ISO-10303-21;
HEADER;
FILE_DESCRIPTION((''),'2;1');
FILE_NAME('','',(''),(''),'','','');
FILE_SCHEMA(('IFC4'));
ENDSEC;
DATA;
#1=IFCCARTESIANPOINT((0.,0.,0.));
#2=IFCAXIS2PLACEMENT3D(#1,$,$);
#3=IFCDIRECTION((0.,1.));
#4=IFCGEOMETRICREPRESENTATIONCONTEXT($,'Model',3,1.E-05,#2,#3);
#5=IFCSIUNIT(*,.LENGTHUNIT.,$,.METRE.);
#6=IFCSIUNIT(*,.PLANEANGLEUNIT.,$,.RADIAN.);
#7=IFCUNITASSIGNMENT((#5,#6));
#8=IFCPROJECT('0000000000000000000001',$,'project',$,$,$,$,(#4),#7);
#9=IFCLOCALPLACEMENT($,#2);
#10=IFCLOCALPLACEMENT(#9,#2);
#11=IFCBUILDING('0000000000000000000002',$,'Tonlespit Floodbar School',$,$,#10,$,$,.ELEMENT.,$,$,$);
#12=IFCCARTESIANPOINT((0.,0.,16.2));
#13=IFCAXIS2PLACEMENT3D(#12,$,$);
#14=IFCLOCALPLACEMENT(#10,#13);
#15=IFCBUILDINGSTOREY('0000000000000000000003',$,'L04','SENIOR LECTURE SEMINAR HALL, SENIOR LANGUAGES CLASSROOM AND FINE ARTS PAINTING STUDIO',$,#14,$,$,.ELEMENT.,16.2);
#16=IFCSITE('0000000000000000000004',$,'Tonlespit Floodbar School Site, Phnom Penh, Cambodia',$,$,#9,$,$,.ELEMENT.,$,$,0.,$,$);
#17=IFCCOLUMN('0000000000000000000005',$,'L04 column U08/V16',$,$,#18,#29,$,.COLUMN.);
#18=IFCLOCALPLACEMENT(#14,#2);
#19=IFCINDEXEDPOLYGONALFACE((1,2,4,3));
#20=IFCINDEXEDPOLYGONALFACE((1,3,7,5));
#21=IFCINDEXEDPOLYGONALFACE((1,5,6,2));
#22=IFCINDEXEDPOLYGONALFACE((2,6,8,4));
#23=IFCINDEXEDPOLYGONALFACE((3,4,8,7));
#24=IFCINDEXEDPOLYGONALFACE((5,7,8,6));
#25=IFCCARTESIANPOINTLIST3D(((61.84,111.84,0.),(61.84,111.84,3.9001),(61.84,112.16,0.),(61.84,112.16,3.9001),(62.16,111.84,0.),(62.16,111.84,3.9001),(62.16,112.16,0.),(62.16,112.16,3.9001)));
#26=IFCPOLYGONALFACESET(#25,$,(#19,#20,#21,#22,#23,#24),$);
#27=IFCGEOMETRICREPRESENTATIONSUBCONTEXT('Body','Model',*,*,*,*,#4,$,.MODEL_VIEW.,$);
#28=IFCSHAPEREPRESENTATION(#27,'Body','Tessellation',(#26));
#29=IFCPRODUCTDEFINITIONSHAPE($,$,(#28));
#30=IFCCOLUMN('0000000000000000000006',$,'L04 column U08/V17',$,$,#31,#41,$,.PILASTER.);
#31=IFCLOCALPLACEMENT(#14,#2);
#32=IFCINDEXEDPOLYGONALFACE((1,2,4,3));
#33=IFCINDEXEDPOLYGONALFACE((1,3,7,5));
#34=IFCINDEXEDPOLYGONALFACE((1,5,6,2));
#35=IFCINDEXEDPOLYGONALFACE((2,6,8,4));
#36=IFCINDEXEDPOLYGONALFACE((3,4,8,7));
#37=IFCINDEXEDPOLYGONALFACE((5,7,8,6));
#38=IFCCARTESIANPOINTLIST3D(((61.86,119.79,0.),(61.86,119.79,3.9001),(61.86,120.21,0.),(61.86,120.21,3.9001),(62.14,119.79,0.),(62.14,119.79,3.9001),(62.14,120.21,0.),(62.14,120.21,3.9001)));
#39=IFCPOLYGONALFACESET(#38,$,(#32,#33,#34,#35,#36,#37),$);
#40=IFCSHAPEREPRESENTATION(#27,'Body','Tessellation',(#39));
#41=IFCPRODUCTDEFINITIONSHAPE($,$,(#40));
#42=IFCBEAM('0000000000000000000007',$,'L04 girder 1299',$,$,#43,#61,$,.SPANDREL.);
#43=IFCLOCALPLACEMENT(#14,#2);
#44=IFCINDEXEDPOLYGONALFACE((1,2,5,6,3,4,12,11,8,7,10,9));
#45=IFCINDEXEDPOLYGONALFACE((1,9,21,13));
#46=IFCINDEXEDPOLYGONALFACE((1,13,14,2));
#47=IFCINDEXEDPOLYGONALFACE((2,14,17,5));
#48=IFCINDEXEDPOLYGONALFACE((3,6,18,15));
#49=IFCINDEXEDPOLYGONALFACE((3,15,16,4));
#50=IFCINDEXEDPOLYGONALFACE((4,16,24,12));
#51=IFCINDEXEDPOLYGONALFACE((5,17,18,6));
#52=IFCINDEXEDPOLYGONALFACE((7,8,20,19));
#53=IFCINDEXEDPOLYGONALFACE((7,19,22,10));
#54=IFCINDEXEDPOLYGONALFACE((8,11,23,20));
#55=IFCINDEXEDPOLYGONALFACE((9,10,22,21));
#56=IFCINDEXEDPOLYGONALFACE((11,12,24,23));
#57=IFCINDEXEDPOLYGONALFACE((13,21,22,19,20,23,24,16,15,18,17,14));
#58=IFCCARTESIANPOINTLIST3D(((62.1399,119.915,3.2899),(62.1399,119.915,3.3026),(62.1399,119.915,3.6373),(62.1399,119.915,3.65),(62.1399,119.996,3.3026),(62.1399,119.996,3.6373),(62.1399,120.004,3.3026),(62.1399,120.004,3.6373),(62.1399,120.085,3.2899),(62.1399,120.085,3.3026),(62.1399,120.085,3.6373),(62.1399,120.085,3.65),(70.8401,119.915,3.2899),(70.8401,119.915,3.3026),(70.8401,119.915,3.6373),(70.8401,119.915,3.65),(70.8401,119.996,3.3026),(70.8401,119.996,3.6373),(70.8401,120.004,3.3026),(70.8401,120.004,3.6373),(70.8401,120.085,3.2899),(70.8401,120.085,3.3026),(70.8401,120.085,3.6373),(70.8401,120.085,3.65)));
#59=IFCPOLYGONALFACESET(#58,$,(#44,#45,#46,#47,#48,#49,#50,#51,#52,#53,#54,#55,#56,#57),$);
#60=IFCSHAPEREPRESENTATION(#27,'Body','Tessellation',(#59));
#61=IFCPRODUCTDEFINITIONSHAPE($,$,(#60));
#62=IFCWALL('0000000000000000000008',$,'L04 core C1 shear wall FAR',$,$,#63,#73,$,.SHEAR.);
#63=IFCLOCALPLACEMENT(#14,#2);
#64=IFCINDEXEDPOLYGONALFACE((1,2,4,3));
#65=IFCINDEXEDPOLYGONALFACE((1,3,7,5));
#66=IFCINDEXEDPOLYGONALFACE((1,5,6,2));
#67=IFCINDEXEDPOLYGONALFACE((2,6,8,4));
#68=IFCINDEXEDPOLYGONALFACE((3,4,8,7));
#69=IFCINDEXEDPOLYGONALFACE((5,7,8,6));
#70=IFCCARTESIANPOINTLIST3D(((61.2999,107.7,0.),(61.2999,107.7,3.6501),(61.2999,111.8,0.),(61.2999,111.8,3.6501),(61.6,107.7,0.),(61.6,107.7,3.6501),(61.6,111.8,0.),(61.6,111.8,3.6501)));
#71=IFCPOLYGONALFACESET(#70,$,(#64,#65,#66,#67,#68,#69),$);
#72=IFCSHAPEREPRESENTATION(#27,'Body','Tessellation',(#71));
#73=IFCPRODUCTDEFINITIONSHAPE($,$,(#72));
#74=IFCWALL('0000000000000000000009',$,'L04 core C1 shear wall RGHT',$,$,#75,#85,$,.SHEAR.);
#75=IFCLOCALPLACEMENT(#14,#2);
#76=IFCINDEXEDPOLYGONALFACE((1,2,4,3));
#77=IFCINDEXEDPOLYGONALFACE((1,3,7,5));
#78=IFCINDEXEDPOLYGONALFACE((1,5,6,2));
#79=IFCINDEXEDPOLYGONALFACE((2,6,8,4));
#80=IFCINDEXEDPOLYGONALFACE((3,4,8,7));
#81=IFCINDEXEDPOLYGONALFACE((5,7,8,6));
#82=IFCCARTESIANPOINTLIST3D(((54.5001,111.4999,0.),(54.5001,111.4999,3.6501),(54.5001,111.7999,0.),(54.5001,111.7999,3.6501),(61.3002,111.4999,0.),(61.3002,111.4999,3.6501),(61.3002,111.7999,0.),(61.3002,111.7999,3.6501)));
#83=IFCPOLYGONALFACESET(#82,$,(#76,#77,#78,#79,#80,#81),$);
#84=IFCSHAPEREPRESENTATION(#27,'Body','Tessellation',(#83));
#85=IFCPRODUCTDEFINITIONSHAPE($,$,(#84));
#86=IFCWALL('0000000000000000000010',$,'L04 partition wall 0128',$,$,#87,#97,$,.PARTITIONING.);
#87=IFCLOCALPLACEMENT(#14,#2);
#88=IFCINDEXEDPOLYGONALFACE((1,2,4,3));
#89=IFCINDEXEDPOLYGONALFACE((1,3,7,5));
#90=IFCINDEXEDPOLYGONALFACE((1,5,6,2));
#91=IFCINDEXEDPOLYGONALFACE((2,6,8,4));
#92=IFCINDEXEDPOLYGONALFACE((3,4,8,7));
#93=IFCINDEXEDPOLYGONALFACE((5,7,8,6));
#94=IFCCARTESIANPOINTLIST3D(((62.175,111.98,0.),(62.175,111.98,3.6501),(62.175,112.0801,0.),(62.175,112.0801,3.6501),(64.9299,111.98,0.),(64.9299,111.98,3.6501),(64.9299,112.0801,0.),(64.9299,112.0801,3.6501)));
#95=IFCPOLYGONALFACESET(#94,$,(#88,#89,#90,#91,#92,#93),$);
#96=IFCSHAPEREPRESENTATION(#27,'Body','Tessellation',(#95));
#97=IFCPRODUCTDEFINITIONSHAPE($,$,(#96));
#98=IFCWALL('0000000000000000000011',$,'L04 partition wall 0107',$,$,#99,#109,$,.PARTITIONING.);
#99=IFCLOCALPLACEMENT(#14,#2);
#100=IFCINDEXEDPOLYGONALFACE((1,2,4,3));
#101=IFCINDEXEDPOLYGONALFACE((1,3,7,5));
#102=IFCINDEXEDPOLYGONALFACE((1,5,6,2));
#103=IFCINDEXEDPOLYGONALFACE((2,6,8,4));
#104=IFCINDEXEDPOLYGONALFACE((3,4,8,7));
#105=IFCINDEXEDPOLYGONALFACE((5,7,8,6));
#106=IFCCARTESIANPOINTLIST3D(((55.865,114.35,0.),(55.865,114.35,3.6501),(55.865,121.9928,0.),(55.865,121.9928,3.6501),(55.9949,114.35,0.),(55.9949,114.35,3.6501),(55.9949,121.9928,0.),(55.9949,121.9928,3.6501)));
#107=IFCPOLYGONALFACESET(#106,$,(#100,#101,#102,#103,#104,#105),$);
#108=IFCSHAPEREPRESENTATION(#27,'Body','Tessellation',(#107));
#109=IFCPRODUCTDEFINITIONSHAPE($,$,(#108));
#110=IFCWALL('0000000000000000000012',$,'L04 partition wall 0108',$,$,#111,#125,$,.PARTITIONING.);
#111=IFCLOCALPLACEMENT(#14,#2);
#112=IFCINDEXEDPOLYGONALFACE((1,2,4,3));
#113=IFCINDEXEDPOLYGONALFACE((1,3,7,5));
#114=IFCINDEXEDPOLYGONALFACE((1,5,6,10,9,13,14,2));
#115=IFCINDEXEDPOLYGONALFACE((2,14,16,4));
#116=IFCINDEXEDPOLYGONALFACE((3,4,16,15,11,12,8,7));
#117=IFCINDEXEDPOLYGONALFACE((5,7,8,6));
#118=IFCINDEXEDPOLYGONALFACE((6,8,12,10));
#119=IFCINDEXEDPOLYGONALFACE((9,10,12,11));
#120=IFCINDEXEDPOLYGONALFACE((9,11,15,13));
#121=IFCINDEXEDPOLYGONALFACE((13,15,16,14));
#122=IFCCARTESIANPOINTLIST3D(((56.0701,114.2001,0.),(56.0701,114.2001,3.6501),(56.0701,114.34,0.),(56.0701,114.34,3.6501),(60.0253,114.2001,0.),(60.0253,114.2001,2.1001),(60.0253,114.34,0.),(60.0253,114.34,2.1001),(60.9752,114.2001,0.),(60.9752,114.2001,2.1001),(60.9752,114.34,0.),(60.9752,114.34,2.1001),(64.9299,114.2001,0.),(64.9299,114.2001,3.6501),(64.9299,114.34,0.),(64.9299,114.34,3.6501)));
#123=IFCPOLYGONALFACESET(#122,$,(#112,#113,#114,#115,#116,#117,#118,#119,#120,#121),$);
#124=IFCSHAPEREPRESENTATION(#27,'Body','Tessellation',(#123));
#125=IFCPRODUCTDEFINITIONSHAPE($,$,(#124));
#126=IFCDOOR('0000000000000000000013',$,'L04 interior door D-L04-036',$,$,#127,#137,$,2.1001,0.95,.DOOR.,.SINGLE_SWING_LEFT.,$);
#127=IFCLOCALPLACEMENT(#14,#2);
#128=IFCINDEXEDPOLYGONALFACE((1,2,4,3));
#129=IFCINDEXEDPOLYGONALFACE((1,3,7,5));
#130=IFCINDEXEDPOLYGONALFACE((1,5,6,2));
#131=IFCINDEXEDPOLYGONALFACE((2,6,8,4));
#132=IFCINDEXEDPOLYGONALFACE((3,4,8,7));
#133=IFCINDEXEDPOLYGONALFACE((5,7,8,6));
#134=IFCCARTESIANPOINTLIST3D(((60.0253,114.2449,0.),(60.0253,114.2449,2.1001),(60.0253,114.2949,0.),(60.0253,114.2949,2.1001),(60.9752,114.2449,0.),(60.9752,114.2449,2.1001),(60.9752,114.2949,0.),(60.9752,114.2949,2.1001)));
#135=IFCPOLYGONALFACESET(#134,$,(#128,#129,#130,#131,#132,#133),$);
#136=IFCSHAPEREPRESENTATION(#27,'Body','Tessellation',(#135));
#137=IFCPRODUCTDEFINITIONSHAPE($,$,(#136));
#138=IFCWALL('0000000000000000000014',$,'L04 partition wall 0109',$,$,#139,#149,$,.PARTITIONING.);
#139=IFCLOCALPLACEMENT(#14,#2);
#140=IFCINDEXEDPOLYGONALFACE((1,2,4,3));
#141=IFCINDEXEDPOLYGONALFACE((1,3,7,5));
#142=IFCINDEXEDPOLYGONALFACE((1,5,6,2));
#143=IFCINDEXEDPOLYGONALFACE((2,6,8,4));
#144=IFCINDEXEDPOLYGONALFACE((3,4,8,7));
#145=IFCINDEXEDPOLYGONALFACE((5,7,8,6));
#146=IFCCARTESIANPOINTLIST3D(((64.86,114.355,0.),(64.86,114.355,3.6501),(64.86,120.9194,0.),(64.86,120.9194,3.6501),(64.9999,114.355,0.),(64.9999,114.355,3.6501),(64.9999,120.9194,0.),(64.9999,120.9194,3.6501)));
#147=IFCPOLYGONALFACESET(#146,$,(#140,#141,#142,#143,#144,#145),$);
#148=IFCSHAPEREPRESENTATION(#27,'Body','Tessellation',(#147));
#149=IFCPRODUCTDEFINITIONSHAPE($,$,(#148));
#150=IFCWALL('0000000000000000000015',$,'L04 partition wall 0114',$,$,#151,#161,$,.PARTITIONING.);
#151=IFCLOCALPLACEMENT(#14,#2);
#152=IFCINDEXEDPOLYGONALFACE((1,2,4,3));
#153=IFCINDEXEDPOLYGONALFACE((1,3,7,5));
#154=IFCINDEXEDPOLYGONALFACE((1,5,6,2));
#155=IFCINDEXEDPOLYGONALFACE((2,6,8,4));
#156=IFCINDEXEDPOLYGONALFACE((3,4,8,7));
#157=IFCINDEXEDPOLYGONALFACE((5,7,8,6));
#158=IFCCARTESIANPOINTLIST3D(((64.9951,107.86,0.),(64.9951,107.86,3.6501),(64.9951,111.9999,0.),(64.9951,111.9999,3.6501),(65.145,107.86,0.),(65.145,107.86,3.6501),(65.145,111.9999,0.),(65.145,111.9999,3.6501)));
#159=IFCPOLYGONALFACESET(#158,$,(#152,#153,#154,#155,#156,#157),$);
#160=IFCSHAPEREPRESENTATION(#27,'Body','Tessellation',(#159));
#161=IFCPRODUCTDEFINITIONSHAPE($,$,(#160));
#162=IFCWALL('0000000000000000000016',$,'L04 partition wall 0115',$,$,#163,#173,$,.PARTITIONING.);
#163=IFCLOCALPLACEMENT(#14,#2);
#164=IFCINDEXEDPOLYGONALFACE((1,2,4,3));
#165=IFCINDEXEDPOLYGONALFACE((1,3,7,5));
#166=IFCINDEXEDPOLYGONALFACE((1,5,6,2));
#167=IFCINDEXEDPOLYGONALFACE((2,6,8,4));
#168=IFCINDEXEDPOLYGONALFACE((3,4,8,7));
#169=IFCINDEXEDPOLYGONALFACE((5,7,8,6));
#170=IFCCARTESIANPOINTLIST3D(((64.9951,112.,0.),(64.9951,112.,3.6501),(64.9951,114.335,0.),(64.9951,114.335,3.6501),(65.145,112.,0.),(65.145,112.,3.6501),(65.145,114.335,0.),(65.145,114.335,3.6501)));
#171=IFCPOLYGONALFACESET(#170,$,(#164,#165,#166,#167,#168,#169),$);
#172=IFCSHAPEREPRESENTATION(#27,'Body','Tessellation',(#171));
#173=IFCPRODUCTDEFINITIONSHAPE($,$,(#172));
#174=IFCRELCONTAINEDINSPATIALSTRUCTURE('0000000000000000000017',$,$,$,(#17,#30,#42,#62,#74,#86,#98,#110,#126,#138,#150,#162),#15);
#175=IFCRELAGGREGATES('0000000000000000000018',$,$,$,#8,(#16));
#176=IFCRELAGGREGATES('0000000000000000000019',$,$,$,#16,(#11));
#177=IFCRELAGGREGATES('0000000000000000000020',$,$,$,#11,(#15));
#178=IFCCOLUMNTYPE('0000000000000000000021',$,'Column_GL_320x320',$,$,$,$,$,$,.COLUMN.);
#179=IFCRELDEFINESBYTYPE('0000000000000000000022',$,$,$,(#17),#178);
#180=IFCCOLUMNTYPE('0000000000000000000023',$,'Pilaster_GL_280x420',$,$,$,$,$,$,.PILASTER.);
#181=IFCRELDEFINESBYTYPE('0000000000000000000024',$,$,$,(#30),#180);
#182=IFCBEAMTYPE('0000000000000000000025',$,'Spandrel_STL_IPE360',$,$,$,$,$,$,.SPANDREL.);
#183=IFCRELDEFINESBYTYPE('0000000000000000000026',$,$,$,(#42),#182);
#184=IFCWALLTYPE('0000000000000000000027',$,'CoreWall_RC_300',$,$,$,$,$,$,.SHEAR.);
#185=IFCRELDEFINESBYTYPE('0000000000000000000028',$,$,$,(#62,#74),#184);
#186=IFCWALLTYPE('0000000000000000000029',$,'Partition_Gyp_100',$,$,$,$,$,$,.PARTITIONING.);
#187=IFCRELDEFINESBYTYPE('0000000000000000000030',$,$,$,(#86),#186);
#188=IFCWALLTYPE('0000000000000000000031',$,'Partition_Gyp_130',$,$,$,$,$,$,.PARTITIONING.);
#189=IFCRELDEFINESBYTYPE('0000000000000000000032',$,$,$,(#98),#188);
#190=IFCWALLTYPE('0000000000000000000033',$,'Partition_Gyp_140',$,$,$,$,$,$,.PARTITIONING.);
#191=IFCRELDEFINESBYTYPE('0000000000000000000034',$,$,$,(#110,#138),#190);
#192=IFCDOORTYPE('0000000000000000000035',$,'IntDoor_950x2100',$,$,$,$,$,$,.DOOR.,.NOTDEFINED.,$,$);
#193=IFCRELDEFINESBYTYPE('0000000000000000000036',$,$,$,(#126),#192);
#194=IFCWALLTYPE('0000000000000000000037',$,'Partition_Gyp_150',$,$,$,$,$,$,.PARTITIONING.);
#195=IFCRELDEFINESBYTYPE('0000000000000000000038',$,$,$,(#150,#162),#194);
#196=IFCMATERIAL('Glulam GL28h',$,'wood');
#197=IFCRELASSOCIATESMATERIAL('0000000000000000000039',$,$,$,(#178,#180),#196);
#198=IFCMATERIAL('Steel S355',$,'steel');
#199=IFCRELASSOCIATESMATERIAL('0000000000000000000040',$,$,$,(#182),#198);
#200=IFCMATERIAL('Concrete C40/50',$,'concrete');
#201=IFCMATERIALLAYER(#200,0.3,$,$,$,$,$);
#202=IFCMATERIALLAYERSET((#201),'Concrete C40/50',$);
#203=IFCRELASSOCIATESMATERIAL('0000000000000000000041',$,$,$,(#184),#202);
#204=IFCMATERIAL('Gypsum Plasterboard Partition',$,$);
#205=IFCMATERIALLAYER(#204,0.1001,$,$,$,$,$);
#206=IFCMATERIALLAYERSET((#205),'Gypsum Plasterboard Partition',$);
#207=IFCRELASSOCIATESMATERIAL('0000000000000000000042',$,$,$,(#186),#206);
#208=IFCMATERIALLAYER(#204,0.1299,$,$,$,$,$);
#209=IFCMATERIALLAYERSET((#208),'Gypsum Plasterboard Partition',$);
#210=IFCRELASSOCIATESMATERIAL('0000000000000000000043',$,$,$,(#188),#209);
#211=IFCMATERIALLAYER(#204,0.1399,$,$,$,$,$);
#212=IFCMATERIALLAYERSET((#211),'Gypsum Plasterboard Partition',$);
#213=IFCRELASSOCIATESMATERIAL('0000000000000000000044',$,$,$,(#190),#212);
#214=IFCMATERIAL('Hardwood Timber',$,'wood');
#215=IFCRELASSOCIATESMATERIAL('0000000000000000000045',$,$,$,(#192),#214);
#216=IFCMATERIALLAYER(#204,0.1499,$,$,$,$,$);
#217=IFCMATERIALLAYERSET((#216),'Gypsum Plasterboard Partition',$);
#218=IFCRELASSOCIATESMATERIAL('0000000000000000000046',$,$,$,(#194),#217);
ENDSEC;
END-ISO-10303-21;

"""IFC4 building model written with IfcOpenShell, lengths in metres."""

from ifc_helpers import new_model, si_unit, direction, frame, frame_2d, origin, origin_2d, place, context, subcontext, project, spatial, rectangle, i_section, extrude, material, layer, layer_set, material_profile, profile_set, type_object, element, fill, save


model = new_model("IFC4")

# Units and contexts
model_context = context("Model", 3, precision=1e-05, world=origin(), true_north=direction((0.0, 1.0)))
body_context = subcontext(model_context, "Body", "Model", "MODEL_VIEW")
ifc_project = project(units=[si_unit("LENGTHUNIT", "METRE"), si_unit("PLANEANGLEUNIT", "RADIAN")], contexts=[model_context])

# Site, building, storey
site_placement = place(None, origin())
site = spatial("IfcSite", under=ifc_project, at=site_placement, Name="Tonlespit Floodbar School Site, Phnom Penh, Cambodia", CompositionType="ELEMENT", RefElevation=0.0)
building_placement = place(site_placement, origin())
building = spatial("IfcBuilding", under=site, at=building_placement, Name="Tonlespit Floodbar School", CompositionType="ELEMENT")
storey_placement = place(building_placement, frame((0.0, 0.0, 16.2)))
storey = spatial("IfcBuildingStorey", under=building, at=storey_placement, Name="L04", Description="SENIOR LECTURE SEMINAR HALL, SENIOR LANGUAGES CLASSROOM AND FINE ARTS PAINTING STUDIO", CompositionType="ELEMENT", Elevation=16.2)

# Columns
ifc_material_1 = material(Name="Glulam GL28h", Category="wood")
ifc_material_profile_1 = material_profile(ifc_material_1, rectangle(XDim=0.3201, YDim=0.3201, at=origin_2d()), Name="GL 320x320")
ifc_profile_set_1 = profile_set([ifc_material_profile_1], Name="Glulam GL28h")
column_type_1 = type_object("IfcColumnType", Name="Column_GL_320x320", PredefinedType="COLUMN", material=ifc_profile_set_1)
column_1_placement = place(storey_placement, frame((62.0, 112.0, 0.0), z_axis=(0.0, 0.0, 1.0), x_axis=(1.0, 0.0, 0.0)))
element("IfcColumn", 1, at=column_1_placement, inside=storey, type_object=column_type_1, Name="L04 column U08/V16", PredefinedType="COLUMN", context=body_context, shape_type="SweptSolid", body=[
    extrude(rectangle(XDim=0.3201, YDim=0.3201, at=origin_2d()), origin(), (0.0, 0.0, 1.0), 3.9001),
])
ifc_material_profile_2 = material_profile(ifc_material_1, rectangle(XDim=0.28, YDim=0.4199, at=origin_2d()), Name="GL 280x420")
ifc_profile_set_2 = profile_set([ifc_material_profile_2], Name="Glulam GL28h")
column_type_2 = type_object("IfcColumnType", Name="Pilaster_GL_280x420", PredefinedType="PILASTER", material=ifc_profile_set_2)
column_2_placement = place(storey_placement, frame((62.0, 120.0, 0.0), z_axis=(0.0, 0.0, 1.0), x_axis=(1.0, 0.0, 0.0)))
element("IfcColumn", 2, at=column_2_placement, inside=storey, type_object=column_type_2, Name="L04 column U08/V17", PredefinedType="PILASTER", context=body_context, shape_type="SweptSolid", body=[
    extrude(rectangle(XDim=0.28, YDim=0.4199, at=origin_2d()), origin(), (0.0, 0.0, 1.0), 3.9001),
])

# Beam
ifc_material_2 = material(Name="Steel S355", Category="steel")
ifc_material_profile_3 = material_profile(ifc_material_2, i_section(OverallWidth=0.1699, OverallDepth=0.3601, WebThickness=0.0081, FlangeThickness=0.0127, at=origin_2d()), Name="IPE 360")
ifc_profile_set_3 = profile_set([ifc_material_profile_3], Name="Steel S355")
beam_type = type_object("IfcBeamType", Name="Spandrel_STL_IPE360", PredefinedType="SPANDREL", material=ifc_profile_set_3)
beam_placement = place(storey_placement, frame((62.1399, 120.0, 3.47), z_axis=(1.0, 0.0, 0.0), x_axis=(0.0, 1.0, 0.0)))
element("IfcBeam", 3, at=beam_placement, inside=storey, type_object=beam_type, Name="L04 girder 1299", PredefinedType="SPANDREL", context=body_context, shape_type="SweptSolid", body=[
    extrude(i_section(OverallWidth=0.1699, OverallDepth=0.3601, WebThickness=0.0081, FlangeThickness=0.0127, at=origin_2d()), origin(), (0.0, 0.0, 1.0), 8.7002),
])

# Walls
ifc_material_3 = material(Name="Concrete C40/50", Category="concrete")
ifc_layer_1 = layer(ifc_material_3, 0.3)
ifc_layer_set_1 = layer_set([ifc_layer_1], Name="Concrete C40/50")
wall_type_1 = type_object("IfcWallType", Name="CoreWall_RC_300", PredefinedType="SHEAR", material=ifc_layer_set_1)
wall_1_placement = place(storey_placement, frame((61.45, 111.8, 0.0), z_axis=(0.0, 0.0, 1.0), x_axis=(0.0, -1.0, 0.0)))
element("IfcWall", 4, at=wall_1_placement, inside=storey, type_object=wall_type_1, Name="L04 core C1 shear wall FAR", PredefinedType="SHEAR", context=body_context, shape_type="SweptSolid", body=[
    extrude(rectangle(XDim=4.1001, YDim=0.3, at=frame_2d((2.05, 0.0))), origin(), (0.0, 0.0, 1.0), 3.6501),
])
wall_2_placement = place(storey_placement, frame((61.3, 111.6499, 0.0), z_axis=(0.0, 0.0, 1.0), x_axis=(-1.0, 0.0, 0.0)))
element("IfcWall", 5, at=wall_2_placement, inside=storey, type_object=wall_type_1, Name="L04 core C1 shear wall RGHT", PredefinedType="SHEAR", context=body_context, shape_type="SweptSolid", body=[
    extrude(rectangle(XDim=6.8, YDim=0.3, at=frame_2d((3.3999, 0.0))), origin(), (0.0, 0.0, 1.0), 3.6501),
])
ifc_material_4 = material(Name="Gypsum Plasterboard Partition")
ifc_layer_2 = layer(ifc_material_4, 0.1001)
ifc_layer_set_2 = layer_set([ifc_layer_2], Name="Gypsum Plasterboard Partition")
wall_type_2 = type_object("IfcWallType", Name="Partition_Gyp_100", PredefinedType="PARTITIONING", material=ifc_layer_set_2)
wall_3_placement = place(storey_placement, frame((62.175, 112.03, 0.0), z_axis=(0.0, 0.0, 1.0), x_axis=(1.0, 0.0, 0.0)))
element("IfcWall", 6, at=wall_3_placement, inside=storey, type_object=wall_type_2, Name="L04 partition wall 0128", PredefinedType="PARTITIONING", context=body_context, shape_type="SweptSolid", body=[
    extrude(rectangle(XDim=2.7549, YDim=0.1001, at=frame_2d((1.3774, 0.0))), origin(), (0.0, 0.0, 1.0), 3.6501),
])
ifc_layer_3 = layer(ifc_material_4, 0.1299)
ifc_layer_set_3 = layer_set([ifc_layer_3], Name="Gypsum Plasterboard Partition")
wall_type_3 = type_object("IfcWallType", Name="Partition_Gyp_130", PredefinedType="PARTITIONING", material=ifc_layer_set_3)
wall_4_placement = place(storey_placement, frame((55.9299, 114.3501, 0.0), z_axis=(0.0, 0.0, 1.0), x_axis=(0.0, 1.0, 0.0)))
element("IfcWall", 7, at=wall_4_placement, inside=storey, type_object=wall_type_3, Name="L04 partition wall 0107", PredefinedType="PARTITIONING", context=body_context, shape_type="SweptSolid", body=[
    extrude(rectangle(XDim=7.6428, YDim=0.1299, at=frame_2d((3.8213, 0.0))), origin(), (0.0, 0.0, 1.0), 3.6501),
])

# Wall, opening, door
ifc_layer_4 = layer(ifc_material_4, 0.1399)
ifc_layer_set_4 = layer_set([ifc_layer_4], Name="Gypsum Plasterboard Partition")
wall_type_4 = type_object("IfcWallType", Name="Partition_Gyp_140", PredefinedType="PARTITIONING", material=ifc_layer_set_4)
wall_5_placement = place(storey_placement, frame((56.0701, 114.27, 0.0), z_axis=(0.0, 0.0, 1.0), x_axis=(1.0, 0.0, 0.0)))
wall_5 = element("IfcWall", 8, at=wall_5_placement, inside=storey, type_object=wall_type_4, Name="L04 partition wall 0108", PredefinedType="PARTITIONING", context=body_context, shape_type="SweptSolid", body=[
    extrude(rectangle(XDim=8.8599, YDim=0.1399, at=frame_2d((4.4299, 0.0))), origin(), (0.0, 0.0, 1.0), 3.6501),
])
opening_1_placement = place(wall_5_placement, frame((3.9551, 0.0, 0.0)))
opening_1 = element("IfcOpeningElement", 9, at=opening_1_placement, cuts=wall_5, PredefinedType="OPENING", context=body_context, shape_type="SweptSolid", body=[
    extrude(rectangle(XDim=0.95, YDim=2.1001, at=frame_2d((0.4751, 1.05))), frame((0.0, 0.0798, 0.0), z_axis=(0.0, -1.0, 0.0), x_axis=(1.0, 0.0, 0.0)), (0.0, 0.0, 1.0), 0.1599),
])
ifc_material_5 = material(Name="Hardwood Timber", Category="wood")
door_type_1 = type_object("IfcDoorType", Name="IntDoor_950x2100", OperationType="NOTDEFINED", PredefinedType="DOOR", material=ifc_material_5)
door_1_placement = place(opening_1_placement, origin())
door_1 = element("IfcDoor", 10, at=door_1_placement, inside=storey, type_object=door_type_1, Name="L04 interior door D-L04-036", OperationType="SINGLE_SWING_LEFT", OverallHeight=2.1001, OverallWidth=0.95, PredefinedType="DOOR", context=body_context, shape_type="SweptSolid", body=[
    extrude(rectangle(XDim=0.95, YDim=2.1001, at=frame_2d((0.4751, 1.05))), frame((0.0, 0.0249, 0.0), z_axis=(0.0, -1.0, 0.0), x_axis=(1.0, 0.0, 0.0)), (0.0, 0.0, 1.0), 0.05),
])
fill(opening_1, door_1)

# Walls
wall_6_placement = place(storey_placement, frame((64.9299, 114.355, 0.0), z_axis=(0.0, 0.0, 1.0), x_axis=(0.0, 1.0, 0.0)))
element("IfcWall", 11, at=wall_6_placement, inside=storey, type_object=wall_type_4, Name="L04 partition wall 0109", PredefinedType="PARTITIONING", context=body_context, shape_type="SweptSolid", body=[
    extrude(rectangle(XDim=6.5645, YDim=0.1399, at=frame_2d((3.2822, 0.0))), origin(), (0.0, 0.0, 1.0), 3.6501),
])
ifc_layer_5 = layer(ifc_material_4, 0.1499)
ifc_layer_set_5 = layer_set([ifc_layer_5], Name="Gypsum Plasterboard Partition")
wall_type_5 = type_object("IfcWallType", Name="Partition_Gyp_150", PredefinedType="PARTITIONING", material=ifc_layer_set_5)
wall_7_placement = place(storey_placement, frame((65.0701, 107.8601, 0.0), z_axis=(0.0, 0.0, 1.0), x_axis=(0.0, 1.0, 0.0)))
element("IfcWall", 12, at=wall_7_placement, inside=storey, type_object=wall_type_5, Name="L04 partition wall 0114", PredefinedType="PARTITIONING", context=body_context, shape_type="SweptSolid", body=[
    extrude(rectangle(XDim=4.1399, YDim=0.1499, at=frame_2d((2.0698, 0.0))), origin(), (0.0, 0.0, 1.0), 3.6501),
])
wall_8_placement = place(storey_placement, frame((65.0701, 112.0, 0.0), z_axis=(0.0, 0.0, 1.0), x_axis=(0.0, 1.0, 0.0)))
element("IfcWall", 13, at=wall_8_placement, inside=storey, type_object=wall_type_5, Name="L04 partition wall 0115", PredefinedType="PARTITIONING", context=body_context, shape_type="SweptSolid", body=[
    extrude(rectangle(XDim=2.335, YDim=0.1499, at=frame_2d((1.1675, 0.0))), origin(), (0.0, 0.0, 1.0), 3.6501),
])

save(model, "model.ifc")
